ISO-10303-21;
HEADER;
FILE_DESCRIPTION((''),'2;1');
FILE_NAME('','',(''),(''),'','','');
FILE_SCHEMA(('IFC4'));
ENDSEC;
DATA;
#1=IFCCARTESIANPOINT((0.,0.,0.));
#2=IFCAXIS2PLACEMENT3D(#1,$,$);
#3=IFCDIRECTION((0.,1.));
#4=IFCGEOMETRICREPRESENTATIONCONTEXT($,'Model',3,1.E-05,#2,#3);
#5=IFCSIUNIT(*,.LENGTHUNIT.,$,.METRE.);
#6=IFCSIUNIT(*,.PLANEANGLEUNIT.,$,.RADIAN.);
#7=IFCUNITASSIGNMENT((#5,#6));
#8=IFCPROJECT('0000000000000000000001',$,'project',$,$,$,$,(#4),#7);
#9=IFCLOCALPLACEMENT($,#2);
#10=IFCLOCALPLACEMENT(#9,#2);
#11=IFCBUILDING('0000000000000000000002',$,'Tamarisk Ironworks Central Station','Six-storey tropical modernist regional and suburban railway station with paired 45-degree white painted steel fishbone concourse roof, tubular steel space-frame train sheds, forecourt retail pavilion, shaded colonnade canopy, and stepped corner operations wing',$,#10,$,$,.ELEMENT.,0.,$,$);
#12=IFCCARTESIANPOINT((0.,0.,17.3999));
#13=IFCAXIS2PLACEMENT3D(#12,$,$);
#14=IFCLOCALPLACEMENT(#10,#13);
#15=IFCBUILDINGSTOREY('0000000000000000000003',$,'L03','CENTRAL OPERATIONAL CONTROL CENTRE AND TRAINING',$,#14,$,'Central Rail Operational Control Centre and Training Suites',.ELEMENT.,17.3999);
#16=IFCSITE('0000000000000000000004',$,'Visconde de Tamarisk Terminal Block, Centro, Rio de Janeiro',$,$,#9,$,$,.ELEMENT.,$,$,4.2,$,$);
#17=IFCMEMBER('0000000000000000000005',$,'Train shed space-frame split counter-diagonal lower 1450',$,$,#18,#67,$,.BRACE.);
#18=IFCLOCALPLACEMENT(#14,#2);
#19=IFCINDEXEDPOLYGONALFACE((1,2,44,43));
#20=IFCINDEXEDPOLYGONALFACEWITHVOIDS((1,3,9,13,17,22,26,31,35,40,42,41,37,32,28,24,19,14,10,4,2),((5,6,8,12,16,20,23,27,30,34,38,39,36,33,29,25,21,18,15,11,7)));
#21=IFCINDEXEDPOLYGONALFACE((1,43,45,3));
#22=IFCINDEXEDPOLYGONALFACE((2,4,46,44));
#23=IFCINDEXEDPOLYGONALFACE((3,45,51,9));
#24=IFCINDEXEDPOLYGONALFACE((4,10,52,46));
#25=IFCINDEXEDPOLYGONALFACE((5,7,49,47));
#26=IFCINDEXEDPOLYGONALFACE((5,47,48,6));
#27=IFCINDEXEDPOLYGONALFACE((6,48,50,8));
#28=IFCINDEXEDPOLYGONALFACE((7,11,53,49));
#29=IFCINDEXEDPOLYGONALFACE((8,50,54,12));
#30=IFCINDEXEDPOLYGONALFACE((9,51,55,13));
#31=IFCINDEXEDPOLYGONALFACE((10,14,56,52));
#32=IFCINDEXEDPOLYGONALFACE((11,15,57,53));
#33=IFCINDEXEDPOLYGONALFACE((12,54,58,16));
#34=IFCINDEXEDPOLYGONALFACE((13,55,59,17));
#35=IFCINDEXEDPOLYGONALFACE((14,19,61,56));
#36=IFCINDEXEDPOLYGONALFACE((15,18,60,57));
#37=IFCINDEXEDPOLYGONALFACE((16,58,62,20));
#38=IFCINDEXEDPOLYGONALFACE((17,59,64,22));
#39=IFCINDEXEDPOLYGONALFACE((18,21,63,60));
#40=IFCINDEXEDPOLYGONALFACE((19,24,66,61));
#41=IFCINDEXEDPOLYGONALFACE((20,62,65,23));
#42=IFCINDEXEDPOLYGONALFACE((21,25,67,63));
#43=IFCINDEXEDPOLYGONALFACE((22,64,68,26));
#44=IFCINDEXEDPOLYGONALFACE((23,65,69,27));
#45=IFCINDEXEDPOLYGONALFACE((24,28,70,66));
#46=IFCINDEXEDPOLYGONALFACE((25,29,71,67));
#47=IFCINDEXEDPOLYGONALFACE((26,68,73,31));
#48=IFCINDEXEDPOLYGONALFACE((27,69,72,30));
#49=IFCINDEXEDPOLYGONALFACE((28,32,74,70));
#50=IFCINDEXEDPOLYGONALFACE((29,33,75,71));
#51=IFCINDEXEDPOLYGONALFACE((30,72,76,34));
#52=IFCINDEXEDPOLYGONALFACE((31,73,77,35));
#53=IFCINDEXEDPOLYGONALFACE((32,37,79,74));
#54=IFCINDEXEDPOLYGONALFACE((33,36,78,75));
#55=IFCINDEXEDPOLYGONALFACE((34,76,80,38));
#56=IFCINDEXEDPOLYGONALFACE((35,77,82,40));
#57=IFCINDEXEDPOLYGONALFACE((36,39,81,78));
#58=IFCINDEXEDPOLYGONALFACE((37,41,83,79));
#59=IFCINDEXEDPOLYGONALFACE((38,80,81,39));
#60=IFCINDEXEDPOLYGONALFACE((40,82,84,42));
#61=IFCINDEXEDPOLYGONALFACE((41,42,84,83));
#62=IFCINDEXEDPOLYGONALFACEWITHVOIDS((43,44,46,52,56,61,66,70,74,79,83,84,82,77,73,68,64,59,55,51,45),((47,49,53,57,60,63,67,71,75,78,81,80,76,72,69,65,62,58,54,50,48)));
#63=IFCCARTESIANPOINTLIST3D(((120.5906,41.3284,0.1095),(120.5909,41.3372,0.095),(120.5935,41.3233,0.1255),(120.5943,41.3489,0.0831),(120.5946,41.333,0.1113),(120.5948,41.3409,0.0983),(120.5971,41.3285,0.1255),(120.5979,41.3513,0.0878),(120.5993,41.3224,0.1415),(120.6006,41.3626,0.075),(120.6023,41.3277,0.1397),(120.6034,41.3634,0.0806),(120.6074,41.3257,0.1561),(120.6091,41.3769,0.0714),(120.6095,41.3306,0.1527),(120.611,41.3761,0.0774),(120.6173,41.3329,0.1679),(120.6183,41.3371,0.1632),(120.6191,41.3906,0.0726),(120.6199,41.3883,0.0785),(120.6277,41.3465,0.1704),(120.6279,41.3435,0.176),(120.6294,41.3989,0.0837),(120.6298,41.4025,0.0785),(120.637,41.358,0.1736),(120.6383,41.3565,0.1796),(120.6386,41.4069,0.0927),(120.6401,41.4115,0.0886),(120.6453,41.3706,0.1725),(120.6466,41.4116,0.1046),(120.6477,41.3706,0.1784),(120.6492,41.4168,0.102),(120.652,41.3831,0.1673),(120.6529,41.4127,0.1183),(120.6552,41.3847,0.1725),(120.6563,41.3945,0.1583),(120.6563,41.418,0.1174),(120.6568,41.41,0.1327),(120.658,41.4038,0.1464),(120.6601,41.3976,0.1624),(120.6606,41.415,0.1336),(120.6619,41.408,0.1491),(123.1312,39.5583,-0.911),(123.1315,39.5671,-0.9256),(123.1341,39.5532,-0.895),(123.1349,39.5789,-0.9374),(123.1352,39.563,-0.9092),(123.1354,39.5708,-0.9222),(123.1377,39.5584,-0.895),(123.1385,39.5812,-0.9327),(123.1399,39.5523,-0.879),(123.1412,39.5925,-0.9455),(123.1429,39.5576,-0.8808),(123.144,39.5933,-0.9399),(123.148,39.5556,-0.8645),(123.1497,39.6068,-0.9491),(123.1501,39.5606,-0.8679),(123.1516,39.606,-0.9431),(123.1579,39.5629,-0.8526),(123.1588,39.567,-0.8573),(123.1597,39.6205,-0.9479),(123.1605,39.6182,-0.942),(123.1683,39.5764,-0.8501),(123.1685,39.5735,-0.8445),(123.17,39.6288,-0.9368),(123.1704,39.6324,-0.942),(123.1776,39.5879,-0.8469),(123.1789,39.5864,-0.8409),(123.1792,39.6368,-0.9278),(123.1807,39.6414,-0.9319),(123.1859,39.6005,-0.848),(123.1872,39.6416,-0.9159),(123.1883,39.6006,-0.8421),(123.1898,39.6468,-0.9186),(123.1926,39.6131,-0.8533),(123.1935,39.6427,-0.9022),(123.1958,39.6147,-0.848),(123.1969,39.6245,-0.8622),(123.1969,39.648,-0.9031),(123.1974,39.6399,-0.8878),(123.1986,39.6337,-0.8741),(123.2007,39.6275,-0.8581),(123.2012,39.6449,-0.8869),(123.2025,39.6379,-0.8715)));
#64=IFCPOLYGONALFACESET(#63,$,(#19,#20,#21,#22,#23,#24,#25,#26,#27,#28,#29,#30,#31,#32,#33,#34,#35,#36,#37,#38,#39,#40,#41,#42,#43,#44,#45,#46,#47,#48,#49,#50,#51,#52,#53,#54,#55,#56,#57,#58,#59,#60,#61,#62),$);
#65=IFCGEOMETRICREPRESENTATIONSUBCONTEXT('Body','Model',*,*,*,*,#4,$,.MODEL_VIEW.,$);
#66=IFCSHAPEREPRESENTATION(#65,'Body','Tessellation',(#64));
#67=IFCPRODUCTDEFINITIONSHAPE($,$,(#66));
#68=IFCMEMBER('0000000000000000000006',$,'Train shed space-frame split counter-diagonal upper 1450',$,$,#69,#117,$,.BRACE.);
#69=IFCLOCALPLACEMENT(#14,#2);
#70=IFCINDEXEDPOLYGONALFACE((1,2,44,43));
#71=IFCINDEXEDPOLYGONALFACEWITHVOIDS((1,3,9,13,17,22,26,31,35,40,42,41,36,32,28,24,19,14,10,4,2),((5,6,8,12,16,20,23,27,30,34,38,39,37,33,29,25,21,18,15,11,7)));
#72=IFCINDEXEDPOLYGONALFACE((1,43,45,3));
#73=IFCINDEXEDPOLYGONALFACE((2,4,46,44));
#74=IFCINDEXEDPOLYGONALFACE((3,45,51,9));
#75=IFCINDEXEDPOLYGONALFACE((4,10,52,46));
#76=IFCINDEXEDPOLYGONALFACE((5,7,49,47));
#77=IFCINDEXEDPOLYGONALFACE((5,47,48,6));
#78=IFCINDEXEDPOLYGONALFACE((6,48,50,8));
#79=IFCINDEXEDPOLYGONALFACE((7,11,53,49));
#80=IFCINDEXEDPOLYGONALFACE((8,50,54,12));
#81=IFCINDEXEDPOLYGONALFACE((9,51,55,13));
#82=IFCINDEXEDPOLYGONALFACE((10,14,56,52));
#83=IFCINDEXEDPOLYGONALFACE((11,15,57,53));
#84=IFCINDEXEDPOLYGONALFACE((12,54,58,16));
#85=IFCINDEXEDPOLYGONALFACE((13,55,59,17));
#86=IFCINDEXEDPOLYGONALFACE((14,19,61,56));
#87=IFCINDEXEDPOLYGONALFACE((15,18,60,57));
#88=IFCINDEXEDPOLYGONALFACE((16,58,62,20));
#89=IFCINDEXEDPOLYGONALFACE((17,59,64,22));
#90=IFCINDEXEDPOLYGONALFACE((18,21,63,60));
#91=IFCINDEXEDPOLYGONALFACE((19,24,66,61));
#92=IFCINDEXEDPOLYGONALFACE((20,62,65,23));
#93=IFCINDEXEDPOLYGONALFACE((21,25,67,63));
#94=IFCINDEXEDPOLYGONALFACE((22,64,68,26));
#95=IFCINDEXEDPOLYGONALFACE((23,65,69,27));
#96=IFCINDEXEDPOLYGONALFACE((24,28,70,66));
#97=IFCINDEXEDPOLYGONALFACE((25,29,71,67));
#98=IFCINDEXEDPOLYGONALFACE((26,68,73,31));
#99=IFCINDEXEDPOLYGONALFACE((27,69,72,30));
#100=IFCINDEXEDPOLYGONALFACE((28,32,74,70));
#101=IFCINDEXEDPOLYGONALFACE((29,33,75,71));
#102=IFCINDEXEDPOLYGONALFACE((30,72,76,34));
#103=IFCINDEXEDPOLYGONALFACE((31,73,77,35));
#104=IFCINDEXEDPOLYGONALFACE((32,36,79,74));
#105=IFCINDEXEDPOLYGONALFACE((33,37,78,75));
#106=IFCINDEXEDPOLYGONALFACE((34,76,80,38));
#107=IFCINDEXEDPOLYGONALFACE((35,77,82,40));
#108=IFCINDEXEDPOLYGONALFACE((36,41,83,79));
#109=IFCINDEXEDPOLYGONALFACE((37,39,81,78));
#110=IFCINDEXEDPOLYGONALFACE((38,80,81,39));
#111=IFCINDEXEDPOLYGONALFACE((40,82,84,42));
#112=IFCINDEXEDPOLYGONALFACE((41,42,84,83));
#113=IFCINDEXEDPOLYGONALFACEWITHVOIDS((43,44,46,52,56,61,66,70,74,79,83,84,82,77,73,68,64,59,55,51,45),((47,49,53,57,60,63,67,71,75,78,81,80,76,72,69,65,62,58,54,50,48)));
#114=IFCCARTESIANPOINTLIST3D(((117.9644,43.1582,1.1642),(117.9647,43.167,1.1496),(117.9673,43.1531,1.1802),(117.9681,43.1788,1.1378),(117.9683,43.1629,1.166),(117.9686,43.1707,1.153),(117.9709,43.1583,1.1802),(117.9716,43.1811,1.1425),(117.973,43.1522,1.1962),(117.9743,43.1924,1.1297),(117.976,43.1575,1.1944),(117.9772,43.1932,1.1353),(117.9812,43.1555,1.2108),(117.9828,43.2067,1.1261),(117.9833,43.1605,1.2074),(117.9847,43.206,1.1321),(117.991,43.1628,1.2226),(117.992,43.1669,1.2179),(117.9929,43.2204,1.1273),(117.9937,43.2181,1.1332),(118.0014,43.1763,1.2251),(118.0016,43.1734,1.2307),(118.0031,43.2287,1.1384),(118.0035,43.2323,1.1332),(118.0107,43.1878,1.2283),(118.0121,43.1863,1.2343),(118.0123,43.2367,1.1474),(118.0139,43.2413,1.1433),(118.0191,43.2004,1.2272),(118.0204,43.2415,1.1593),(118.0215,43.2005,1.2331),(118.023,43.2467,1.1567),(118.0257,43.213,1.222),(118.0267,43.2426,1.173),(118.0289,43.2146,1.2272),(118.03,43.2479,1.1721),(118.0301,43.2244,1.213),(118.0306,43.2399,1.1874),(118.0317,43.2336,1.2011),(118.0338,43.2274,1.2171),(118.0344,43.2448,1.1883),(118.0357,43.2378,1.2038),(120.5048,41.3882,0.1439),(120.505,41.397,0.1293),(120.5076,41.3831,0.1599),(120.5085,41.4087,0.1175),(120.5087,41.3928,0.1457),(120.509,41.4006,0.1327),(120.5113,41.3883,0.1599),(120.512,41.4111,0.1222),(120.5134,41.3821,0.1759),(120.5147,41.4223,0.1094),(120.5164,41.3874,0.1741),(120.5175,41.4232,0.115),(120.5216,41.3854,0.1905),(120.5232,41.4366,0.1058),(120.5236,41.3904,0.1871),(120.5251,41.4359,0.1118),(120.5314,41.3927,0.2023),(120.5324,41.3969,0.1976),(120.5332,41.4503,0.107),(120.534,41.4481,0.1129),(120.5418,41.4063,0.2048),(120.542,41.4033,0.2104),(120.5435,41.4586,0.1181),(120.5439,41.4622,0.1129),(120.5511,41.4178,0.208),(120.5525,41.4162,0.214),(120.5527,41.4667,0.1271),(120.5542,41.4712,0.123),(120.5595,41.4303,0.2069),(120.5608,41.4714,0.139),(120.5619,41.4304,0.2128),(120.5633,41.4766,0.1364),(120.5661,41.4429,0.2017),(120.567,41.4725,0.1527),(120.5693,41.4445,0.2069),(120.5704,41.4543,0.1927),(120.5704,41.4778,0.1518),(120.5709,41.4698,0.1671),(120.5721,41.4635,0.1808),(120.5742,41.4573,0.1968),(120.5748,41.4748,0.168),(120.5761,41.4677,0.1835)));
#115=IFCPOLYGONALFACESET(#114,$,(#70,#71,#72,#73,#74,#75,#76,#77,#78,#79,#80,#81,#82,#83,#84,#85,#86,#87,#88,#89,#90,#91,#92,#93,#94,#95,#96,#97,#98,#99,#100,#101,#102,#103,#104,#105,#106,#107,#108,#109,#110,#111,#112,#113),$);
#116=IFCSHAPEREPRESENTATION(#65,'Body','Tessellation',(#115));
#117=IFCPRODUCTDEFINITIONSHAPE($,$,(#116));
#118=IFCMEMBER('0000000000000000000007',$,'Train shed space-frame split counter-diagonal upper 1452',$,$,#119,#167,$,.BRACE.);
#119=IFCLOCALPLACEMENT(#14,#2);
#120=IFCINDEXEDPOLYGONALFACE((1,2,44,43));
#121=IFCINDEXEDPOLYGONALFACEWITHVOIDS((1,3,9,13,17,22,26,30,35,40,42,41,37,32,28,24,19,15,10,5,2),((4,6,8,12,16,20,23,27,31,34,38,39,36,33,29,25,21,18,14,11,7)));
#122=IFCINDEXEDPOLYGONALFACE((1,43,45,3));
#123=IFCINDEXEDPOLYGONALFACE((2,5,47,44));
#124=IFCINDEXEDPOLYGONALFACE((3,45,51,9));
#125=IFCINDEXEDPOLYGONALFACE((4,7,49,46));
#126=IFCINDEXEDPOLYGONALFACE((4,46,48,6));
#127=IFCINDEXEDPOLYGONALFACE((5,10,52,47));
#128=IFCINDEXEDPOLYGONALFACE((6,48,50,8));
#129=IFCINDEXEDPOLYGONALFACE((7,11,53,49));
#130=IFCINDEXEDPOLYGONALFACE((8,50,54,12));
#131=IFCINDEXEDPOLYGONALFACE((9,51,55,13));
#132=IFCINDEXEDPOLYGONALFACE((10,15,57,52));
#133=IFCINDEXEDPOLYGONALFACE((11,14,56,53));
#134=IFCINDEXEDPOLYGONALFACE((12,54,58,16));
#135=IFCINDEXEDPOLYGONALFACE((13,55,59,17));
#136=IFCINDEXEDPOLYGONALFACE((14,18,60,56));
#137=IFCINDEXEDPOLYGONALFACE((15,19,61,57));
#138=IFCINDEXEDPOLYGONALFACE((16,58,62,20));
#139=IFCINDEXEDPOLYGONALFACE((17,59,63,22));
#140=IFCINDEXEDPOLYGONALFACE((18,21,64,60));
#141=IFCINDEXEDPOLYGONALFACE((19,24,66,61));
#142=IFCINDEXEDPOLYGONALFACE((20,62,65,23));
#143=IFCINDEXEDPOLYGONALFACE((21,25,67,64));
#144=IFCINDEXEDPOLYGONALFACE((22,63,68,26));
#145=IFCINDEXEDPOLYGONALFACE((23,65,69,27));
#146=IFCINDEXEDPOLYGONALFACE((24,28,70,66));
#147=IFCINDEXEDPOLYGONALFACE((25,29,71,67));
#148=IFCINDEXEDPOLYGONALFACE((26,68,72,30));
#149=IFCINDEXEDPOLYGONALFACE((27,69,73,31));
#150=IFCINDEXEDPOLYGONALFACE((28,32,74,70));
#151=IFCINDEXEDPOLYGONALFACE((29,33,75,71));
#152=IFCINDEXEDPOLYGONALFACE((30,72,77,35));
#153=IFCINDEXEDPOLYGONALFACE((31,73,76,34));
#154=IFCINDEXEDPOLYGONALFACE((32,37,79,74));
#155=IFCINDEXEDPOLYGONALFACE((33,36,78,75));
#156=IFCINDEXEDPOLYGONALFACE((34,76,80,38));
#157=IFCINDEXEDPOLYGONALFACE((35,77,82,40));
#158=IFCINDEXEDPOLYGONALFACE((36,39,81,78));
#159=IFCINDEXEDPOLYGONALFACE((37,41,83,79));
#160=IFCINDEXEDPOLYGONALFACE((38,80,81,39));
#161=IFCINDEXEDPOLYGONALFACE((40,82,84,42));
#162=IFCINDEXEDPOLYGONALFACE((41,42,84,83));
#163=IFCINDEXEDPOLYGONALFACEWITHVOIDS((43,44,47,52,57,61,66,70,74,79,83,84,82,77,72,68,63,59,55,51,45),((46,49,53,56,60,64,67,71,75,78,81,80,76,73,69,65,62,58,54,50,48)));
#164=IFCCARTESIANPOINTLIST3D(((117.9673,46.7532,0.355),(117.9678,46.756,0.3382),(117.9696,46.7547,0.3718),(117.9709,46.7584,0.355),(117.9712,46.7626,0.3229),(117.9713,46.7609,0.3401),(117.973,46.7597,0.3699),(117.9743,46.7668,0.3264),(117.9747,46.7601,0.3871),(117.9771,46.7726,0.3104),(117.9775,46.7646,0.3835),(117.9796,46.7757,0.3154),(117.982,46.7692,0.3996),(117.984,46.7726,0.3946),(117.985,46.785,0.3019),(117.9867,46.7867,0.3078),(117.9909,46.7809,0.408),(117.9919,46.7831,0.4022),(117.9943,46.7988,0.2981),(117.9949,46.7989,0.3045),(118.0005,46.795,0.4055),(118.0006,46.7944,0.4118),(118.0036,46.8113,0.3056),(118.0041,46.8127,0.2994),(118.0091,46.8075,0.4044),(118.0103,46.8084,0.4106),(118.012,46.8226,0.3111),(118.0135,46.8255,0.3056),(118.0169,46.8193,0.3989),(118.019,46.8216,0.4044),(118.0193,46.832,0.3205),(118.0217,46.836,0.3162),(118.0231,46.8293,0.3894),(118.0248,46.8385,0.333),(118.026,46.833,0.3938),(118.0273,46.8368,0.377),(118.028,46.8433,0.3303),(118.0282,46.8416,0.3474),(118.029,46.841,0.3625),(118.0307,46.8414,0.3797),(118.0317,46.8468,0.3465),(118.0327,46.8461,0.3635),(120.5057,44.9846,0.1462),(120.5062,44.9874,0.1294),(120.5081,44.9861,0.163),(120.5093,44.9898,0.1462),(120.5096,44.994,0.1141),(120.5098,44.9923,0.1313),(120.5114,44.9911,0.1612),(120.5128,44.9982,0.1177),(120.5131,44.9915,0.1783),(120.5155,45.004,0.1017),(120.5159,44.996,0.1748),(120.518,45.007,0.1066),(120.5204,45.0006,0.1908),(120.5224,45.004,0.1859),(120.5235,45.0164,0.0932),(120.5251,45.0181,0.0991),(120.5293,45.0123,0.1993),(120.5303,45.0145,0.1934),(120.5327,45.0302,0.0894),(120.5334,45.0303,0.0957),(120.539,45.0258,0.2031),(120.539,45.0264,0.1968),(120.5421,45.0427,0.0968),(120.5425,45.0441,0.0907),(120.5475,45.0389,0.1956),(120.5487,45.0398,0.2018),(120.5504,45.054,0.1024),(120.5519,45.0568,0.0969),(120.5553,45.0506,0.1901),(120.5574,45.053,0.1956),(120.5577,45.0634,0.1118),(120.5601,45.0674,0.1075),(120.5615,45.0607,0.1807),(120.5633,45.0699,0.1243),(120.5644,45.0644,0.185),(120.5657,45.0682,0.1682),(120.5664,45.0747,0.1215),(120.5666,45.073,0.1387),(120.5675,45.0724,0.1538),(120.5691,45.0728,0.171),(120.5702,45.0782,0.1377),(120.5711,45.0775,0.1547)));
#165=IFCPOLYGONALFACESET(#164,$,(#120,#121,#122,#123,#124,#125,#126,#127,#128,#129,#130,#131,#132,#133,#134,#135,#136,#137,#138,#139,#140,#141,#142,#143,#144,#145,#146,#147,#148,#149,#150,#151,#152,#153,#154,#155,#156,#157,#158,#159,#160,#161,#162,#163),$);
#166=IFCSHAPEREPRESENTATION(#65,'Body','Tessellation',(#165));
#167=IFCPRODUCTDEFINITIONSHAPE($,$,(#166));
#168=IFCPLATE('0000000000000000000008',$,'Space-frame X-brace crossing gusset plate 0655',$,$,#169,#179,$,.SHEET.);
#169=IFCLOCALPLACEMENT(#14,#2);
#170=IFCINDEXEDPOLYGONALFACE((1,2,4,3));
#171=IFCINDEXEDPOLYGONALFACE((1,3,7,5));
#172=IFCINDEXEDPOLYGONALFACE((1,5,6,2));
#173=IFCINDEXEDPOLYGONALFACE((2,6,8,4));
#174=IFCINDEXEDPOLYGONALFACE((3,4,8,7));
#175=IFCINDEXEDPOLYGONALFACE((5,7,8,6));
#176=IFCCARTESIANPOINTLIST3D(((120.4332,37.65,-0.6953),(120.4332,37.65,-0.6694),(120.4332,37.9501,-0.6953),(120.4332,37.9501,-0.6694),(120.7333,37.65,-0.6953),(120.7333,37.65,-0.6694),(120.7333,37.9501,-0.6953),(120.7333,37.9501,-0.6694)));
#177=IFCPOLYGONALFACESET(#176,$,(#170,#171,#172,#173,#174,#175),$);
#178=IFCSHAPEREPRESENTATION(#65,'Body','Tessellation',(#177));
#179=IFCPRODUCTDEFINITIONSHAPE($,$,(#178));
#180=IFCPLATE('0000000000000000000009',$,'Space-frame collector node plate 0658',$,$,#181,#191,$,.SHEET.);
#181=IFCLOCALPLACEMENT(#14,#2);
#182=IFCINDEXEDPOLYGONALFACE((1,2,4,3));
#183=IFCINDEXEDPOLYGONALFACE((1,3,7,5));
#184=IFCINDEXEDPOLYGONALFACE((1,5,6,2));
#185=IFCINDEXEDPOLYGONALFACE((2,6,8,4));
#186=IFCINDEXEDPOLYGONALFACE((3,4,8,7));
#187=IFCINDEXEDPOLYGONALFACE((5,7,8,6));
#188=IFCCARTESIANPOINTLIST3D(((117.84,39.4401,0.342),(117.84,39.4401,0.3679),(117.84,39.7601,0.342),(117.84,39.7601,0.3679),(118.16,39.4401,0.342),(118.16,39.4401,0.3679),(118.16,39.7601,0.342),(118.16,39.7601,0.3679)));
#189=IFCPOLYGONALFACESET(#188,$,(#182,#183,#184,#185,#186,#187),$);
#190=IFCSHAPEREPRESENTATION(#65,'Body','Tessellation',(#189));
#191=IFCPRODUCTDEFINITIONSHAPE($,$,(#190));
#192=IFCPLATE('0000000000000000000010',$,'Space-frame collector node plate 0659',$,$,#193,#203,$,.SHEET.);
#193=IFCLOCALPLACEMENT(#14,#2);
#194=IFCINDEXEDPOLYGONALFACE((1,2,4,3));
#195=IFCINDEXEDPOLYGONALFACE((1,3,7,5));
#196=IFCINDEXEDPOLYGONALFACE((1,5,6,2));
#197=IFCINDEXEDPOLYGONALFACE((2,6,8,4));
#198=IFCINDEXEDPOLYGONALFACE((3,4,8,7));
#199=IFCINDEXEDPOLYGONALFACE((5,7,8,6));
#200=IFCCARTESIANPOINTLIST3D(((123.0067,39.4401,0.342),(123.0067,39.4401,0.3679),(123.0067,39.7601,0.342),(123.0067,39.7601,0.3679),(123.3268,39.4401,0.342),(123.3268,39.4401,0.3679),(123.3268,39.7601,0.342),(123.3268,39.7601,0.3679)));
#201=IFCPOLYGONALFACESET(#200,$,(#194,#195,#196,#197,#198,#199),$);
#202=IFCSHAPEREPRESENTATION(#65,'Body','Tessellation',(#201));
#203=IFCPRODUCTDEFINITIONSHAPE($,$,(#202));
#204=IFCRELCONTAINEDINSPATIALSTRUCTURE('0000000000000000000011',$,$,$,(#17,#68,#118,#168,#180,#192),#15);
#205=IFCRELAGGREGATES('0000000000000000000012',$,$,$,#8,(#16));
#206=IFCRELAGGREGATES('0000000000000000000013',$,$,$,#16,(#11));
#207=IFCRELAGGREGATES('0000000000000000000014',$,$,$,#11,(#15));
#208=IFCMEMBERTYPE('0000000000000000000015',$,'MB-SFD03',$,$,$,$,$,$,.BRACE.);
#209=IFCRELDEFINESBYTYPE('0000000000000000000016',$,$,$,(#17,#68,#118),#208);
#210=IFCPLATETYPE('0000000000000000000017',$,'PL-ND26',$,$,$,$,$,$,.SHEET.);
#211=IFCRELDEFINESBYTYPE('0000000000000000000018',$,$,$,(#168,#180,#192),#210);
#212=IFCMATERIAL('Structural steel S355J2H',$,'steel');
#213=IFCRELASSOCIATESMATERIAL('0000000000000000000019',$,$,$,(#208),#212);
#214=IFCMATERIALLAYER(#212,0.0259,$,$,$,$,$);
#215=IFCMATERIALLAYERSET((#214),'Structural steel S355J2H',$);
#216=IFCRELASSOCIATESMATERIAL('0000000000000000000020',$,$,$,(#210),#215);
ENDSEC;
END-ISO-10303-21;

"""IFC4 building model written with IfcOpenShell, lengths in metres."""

from ifc_helpers import new_model, si_unit, direction, frame, origin, origin_2d, place, context, subcontext, project, spatial, rectangle, hollow_circle, extrude, material, layer, layer_set, material_profile, profile_set, type_object, element, save


model = new_model("IFC4")

# Units and contexts
model_context = context("Model", 3, precision=1e-05, world=origin(), true_north=direction((0.0, 1.0)))
body_context = subcontext(model_context, "Body", "Model", "MODEL_VIEW")
ifc_project = project(units=[si_unit("LENGTHUNIT", "METRE"), si_unit("PLANEANGLEUNIT", "RADIAN")], contexts=[model_context])

# Site, building, storey
site_placement = place(None, origin())
site = spatial("IfcSite", under=ifc_project, at=site_placement, Name="Visconde de Tamarisk Terminal Block, Centro, Rio de Janeiro", CompositionType="ELEMENT", RefElevation=4.2)
building_placement = place(site_placement, origin())
building = spatial("IfcBuilding", under=site, at=building_placement, Name="Tamarisk Ironworks Central Station", Description="Six-storey tropical modernist regional and suburban railway station with paired 45-degree white painted steel fishbone concourse roof, tubular steel space-frame train sheds, forecourt retail pavilion, shaded colonnade canopy, and stepped corner operations wing", CompositionType="ELEMENT", ElevationOfRefHeight=0.0)
storey_placement = place(building_placement, frame((0.0, 0.0, 17.3999)))
storey = spatial("IfcBuildingStorey", under=building, at=storey_placement, Name="L03", Description="CENTRAL OPERATIONAL CONTROL CENTRE AND TRAINING", LongName="Central Rail Operational Control Centre and Training Suites", CompositionType="ELEMENT", Elevation=17.3999)

# Members
ifc_material_1 = material(Name="Structural steel S355J2H", Category="steel")
ifc_material_profile_1 = material_profile(ifc_material_1, hollow_circle(Radius=0.0571, WallThickness=0.0063, at=origin_2d()), Name="CHS 114.3x6.3")
ifc_profile_set_1 = profile_set([ifc_material_profile_1], Name="Structural steel S355J2H")
member_type_1 = type_object("IfcMemberType", Name="MB-SFD03", PredefinedType="BRACE", material=ifc_profile_set_1)
member_1_placement = place(storey_placement, frame((123.1667, 39.6001, -0.895), z_axis=(-0.779263, 0.542923, 0.313023), x_axis=(-0.571651, -0.820497, 0.0)))
element("IfcMember", 1, at=member_1_placement, inside=storey, type_object=member_type_1, Name="Train shed space-frame split counter-diagonal lower 1450", PredefinedType="BRACE", context=body_context, shape_type="SweptSolid", body=[
    extrude(hollow_circle(Radius=0.0571, WallThickness=0.0063, at=origin_2d()), origin(), (0.0, 0.0, 1.0), 3.2603),
])
member_2_placement = place(storey_placement, frame((120.5403, 41.4299, 0.1599), z_axis=(-0.779252, 0.542967, 0.312974), x_axis=(-0.571688, -0.820471, 0.0)))
element("IfcMember", 2, at=member_2_placement, inside=storey, type_object=member_type_1, Name="Train shed space-frame split counter-diagonal upper 1450", PredefinedType="BRACE", context=body_context, shape_type="SweptSolid", body=[
    extrude(hollow_circle(Radius=0.0571, WallThickness=0.0063, at=origin_2d()), origin(), (0.0, 0.0, 1.0), 3.26),
])
member_3_placement = place(storey_placement, frame((120.5383, 45.0315, 0.1462), z_axis=(-0.818625, 0.570369, 0.06732), x_axis=(-0.571666, -0.820487, 0.0)))
element("IfcMember", 3, at=member_3_placement, inside=storey, type_object=member_type_1, Name="Train shed space-frame split counter-diagonal upper 1452", PredefinedType="BRACE", context=body_context, shape_type="SweptSolid", body=[
    extrude(hollow_circle(Radius=0.0571, WallThickness=0.0063, at=origin_2d()), origin(), (0.0, 0.0, 1.0), 3.1008),
])

# Plates
ifc_layer_1 = layer(ifc_material_1, 0.0259)
ifc_layer_set_1 = layer_set([ifc_layer_1], Name="Structural steel S355J2H")
plate_type = type_object("IfcPlateType", Name="PL-ND26", PredefinedType="SHEET", material=ifc_layer_set_1)
plate_1_placement = place(storey_placement, frame((120.5833, 37.8, -0.6953), z_axis=(0.0, 0.0, 1.0), x_axis=(1.0, 0.0, 0.0)))
element("IfcPlate", 4, at=plate_1_placement, inside=storey, type_object=plate_type, Name="Space-frame X-brace crossing gusset plate 0655", PredefinedType="SHEET", context=body_context, shape_type="SweptSolid", body=[
    extrude(rectangle(XDim=0.3, YDim=0.3, at=origin_2d()), origin(), (0.0, 0.0, 1.0), 0.0259),
])
for number, where, z_axis, x_axis, name in (
    (5, (118.0, 39.6001, 0.342), (0.0, 0.0, 1.0), (1.0, 0.0, 0.0), "Space-frame collector node plate 0658"),
    (6, (123.1667, 39.6001, 0.342), (0.0, 0.0, 1.0), (1.0, 0.0, 0.0), "Space-frame collector node plate 0659"),
):
    element("IfcPlate", number, at=place(storey_placement, frame(where, z_axis=z_axis, x_axis=x_axis)), inside=storey, type_object=plate_type, Name=name, PredefinedType="SHEET", context=body_context, shape_type="SweptSolid", body=[
        extrude(rectangle(XDim=0.3201, YDim=0.3201, at=origin_2d()), origin(), (0.0, 0.0, 1.0), 0.0259),
    ])

save(model, "model.ifc")
